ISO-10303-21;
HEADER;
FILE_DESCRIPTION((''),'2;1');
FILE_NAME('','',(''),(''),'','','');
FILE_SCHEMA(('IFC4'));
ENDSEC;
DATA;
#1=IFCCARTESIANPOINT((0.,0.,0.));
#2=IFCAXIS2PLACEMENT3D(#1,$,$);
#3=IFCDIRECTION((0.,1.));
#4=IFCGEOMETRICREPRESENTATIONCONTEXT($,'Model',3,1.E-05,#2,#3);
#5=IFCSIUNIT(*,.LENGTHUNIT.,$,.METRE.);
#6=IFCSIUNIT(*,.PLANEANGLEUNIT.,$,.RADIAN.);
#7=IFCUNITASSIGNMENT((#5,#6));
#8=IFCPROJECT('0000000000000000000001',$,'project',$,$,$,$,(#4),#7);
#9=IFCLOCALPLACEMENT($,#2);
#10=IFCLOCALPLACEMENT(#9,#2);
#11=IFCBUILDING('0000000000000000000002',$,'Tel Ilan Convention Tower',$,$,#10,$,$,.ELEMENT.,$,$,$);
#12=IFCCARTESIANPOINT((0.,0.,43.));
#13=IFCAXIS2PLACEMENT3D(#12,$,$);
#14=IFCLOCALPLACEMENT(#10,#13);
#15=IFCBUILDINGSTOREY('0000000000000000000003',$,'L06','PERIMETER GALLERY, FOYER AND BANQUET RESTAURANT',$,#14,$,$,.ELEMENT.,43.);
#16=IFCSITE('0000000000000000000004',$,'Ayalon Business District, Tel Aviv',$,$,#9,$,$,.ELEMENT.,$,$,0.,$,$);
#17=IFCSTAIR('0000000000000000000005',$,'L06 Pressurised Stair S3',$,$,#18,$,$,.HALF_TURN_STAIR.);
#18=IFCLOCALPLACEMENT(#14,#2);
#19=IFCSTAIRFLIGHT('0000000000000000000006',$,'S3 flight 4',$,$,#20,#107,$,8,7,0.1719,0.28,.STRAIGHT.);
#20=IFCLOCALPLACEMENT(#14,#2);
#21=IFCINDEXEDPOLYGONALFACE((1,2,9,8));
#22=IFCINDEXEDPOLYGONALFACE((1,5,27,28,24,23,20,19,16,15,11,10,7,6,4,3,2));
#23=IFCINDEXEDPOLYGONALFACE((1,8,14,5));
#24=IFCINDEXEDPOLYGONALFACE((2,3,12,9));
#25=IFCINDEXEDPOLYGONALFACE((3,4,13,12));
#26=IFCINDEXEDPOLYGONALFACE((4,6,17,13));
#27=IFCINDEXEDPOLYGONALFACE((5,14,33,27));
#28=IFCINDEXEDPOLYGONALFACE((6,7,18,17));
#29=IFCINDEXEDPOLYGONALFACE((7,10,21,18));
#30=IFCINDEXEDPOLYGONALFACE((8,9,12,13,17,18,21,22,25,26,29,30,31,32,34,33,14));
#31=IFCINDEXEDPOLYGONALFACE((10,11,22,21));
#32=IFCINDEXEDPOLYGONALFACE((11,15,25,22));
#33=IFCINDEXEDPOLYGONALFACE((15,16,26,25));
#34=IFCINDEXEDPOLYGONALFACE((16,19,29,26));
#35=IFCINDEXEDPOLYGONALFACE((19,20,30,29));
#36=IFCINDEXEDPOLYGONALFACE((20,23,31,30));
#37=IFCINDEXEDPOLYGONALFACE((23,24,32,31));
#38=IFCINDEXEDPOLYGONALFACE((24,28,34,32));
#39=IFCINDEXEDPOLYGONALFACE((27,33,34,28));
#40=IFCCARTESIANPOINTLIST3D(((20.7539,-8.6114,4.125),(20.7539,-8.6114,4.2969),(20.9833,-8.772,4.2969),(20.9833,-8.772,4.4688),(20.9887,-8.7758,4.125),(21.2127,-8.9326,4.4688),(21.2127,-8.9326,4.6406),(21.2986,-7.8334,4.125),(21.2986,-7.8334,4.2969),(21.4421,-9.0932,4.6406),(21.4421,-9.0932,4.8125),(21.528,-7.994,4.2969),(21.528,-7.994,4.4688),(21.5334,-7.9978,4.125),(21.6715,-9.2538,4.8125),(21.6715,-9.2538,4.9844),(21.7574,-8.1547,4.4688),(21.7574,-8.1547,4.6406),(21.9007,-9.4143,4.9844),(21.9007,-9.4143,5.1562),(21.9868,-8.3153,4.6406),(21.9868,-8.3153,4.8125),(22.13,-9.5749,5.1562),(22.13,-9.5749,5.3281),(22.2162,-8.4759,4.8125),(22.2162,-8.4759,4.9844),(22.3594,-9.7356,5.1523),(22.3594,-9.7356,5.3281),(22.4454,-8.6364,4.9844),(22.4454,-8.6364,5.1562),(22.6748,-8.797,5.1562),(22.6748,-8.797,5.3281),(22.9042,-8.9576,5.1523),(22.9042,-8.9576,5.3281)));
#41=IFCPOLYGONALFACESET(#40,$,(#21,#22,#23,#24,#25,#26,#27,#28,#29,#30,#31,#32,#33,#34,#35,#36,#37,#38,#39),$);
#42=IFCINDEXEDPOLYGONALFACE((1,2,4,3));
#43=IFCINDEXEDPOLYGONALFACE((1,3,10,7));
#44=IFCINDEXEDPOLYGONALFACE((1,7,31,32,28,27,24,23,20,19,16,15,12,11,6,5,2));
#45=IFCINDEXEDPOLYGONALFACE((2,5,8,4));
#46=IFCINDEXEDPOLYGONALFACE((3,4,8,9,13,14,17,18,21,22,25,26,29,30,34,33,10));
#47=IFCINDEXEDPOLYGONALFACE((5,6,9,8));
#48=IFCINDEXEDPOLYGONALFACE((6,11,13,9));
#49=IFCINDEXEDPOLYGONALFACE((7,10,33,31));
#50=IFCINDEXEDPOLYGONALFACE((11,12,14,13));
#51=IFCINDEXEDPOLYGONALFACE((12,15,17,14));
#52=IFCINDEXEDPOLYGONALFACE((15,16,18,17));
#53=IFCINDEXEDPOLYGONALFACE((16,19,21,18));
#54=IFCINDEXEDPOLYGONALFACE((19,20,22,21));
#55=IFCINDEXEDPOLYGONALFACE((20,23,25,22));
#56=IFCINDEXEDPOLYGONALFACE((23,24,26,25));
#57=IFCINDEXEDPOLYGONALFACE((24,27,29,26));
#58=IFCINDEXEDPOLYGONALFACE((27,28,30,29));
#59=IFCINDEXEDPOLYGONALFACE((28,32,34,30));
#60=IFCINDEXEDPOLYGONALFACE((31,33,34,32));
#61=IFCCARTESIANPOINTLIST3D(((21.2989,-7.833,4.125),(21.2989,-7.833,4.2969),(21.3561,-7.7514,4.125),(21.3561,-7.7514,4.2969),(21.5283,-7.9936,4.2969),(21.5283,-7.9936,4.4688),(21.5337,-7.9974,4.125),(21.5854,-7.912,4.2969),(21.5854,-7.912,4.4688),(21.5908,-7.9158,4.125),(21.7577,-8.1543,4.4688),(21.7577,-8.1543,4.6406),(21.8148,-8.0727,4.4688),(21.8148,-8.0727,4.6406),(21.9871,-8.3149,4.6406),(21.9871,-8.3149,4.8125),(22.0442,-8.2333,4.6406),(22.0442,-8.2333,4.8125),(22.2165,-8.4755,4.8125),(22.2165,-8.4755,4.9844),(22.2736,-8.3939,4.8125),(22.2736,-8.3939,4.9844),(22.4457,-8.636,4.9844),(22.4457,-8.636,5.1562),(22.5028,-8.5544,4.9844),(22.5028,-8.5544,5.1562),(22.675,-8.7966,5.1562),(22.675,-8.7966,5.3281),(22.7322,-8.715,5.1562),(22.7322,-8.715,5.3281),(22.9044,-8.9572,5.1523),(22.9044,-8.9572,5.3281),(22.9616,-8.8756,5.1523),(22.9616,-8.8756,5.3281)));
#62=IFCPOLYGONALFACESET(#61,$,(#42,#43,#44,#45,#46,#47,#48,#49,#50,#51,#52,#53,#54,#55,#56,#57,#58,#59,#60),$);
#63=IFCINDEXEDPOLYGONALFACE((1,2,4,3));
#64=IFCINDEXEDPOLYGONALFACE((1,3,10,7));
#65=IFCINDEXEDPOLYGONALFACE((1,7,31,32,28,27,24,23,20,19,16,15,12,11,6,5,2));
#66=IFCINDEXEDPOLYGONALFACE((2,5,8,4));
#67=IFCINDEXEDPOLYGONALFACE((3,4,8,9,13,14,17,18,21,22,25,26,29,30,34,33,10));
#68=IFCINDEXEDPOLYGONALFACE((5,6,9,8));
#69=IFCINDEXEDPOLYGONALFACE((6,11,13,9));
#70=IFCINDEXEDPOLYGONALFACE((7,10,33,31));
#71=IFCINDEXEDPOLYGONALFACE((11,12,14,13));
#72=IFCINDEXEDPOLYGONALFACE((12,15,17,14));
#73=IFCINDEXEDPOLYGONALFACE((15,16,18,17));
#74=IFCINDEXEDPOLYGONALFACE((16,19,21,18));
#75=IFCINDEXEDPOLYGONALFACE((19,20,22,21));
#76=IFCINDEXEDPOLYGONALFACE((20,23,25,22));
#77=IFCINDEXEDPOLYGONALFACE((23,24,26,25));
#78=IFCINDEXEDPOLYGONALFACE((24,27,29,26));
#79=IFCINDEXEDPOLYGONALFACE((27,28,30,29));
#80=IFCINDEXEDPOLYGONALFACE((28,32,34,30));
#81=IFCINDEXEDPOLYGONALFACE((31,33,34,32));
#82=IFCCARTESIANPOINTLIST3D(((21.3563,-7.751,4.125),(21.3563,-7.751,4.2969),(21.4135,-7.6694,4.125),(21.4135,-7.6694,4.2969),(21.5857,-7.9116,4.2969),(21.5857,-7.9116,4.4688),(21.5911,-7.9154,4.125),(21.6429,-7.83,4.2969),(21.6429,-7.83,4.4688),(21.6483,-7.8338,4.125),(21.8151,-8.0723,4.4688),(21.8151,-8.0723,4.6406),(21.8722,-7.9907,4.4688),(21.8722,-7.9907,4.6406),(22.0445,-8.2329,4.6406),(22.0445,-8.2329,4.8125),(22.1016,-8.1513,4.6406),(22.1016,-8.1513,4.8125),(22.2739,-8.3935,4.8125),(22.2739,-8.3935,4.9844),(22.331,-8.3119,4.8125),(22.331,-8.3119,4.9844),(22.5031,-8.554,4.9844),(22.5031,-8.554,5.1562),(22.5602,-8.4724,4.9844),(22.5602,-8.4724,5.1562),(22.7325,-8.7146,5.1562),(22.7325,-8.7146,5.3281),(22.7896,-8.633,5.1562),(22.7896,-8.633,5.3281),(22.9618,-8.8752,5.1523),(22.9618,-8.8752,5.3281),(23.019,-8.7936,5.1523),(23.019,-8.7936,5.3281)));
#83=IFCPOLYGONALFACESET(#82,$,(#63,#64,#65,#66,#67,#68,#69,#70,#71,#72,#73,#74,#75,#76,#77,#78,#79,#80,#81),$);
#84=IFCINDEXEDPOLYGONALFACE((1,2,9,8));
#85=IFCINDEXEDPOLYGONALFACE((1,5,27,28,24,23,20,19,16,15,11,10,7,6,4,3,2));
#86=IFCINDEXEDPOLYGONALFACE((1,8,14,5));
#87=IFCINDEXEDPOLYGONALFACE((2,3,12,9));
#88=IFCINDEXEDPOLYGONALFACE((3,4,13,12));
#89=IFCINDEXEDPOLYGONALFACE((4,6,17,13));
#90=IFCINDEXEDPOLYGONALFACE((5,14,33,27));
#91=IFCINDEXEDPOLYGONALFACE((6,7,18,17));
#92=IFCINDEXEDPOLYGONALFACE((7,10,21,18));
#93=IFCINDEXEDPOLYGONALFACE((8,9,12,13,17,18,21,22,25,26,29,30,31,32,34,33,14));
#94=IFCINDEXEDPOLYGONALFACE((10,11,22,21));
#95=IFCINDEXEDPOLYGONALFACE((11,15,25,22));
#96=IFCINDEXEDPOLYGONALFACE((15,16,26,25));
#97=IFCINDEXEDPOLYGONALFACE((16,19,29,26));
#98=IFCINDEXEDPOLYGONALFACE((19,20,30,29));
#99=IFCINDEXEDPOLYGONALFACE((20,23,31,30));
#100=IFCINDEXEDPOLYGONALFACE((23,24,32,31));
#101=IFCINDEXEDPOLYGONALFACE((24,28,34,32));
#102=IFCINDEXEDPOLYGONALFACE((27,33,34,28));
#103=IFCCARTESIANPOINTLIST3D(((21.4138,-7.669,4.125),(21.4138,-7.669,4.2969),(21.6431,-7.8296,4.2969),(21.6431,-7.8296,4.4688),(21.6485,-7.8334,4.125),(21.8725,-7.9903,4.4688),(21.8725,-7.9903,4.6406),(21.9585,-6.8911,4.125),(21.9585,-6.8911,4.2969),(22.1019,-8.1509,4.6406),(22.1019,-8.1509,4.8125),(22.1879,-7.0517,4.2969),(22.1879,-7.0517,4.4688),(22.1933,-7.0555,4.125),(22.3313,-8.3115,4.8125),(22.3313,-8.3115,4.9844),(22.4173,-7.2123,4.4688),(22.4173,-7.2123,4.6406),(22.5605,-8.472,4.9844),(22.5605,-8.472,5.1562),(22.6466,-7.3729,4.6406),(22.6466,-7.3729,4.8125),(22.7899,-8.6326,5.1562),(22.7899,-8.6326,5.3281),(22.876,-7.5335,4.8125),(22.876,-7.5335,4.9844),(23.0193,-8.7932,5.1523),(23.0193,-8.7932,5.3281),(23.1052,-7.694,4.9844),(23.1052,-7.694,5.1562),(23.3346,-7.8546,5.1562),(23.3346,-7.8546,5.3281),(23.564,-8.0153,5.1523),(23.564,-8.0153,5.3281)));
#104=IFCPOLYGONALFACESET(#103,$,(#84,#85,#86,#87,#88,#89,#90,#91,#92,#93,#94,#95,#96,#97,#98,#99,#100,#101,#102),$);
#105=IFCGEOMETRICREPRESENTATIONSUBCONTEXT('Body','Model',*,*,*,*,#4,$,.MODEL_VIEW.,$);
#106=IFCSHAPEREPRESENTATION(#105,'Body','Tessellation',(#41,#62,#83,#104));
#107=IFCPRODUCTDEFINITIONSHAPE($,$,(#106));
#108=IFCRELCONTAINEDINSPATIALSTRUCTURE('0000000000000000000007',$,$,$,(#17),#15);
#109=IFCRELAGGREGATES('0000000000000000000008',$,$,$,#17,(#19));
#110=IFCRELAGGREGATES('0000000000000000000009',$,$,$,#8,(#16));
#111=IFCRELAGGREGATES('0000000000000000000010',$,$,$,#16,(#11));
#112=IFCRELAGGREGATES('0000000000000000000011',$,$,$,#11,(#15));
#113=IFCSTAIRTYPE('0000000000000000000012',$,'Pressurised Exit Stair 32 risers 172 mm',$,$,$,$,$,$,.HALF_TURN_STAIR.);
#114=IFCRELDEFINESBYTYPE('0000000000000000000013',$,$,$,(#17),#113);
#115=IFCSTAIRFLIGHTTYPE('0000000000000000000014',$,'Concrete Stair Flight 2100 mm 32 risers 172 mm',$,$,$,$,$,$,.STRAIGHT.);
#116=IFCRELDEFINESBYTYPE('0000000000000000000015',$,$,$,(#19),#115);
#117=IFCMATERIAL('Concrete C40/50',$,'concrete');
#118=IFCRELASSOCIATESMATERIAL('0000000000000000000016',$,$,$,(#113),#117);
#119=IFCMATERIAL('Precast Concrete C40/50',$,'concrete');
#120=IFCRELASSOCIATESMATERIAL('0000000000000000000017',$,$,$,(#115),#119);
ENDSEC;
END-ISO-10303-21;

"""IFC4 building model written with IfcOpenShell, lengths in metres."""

from ifc_helpers import new_model, si_unit, direction, frame, origin, place, context, subcontext, project, spatial, polyline, outline, extrude, material, type_object, element, aggregate, save


model = new_model("IFC4")

# Units and contexts
model_context = context("Model", 3, precision=1e-05, world=origin(), true_north=direction((0.0, 1.0)))
body_context = subcontext(model_context, "Body", "Model", "MODEL_VIEW")
ifc_project = project(units=[si_unit("LENGTHUNIT", "METRE"), si_unit("PLANEANGLEUNIT", "RADIAN")], contexts=[model_context])

# Site, building, storey
site_placement = place(None, origin())
site = spatial("IfcSite", under=ifc_project, at=site_placement, Name="Ayalon Business District, Tel Aviv", CompositionType="ELEMENT", RefElevation=0.0)
building_placement = place(site_placement, origin())
building = spatial("IfcBuilding", under=site, at=building_placement, Name="Tel Ilan Convention Tower", CompositionType="ELEMENT")
storey_placement = place(building_placement, frame((0.0, 0.0, 43.0)))
storey = spatial("IfcBuildingStorey", under=building, at=storey_placement, Name="L06", Description="PERIMETER GALLERY, FOYER AND BANQUET RESTAURANT", CompositionType="ELEMENT", Elevation=43.0)

# Stair, stair flight
ifc_material_1 = material(Name="Concrete C40/50", Category="concrete")
stair_type = type_object("IfcStairType", Name="Pressurised Exit Stair 32 risers 172 mm", PredefinedType="HALF_TURN_STAIR", material=ifc_material_1)
stair_1_placement = place(storey_placement, origin())
stair_1 = element("IfcStair", 1, at=stair_1_placement, inside=storey, type_object=stair_type, Name="L06 Pressurised Stair S3", PredefinedType="HALF_TURN_STAIR")
ifc_material_2 = material(Name="Precast Concrete C40/50", Category="concrete")
stair_flight_type = type_object("IfcStairFlightType", Name="Concrete Stair Flight 2100 mm 32 risers 172 mm", PredefinedType="STRAIGHT", material=ifc_material_2)
stair_flight_1_placement = place(storey_placement, frame((21.3562, -7.7512, 4.125), z_axis=(0.0, 0.0, 1.0), x_axis=(0.819152, -0.573576, 0.0)))
stair_flight_1 = element("IfcStairFlight", 2, at=stair_flight_1_placement, type_object=stair_flight_type, Name="S3 flight 4", NumberOfRisers=8, NumberOfTreads=7, PredefinedType="STRAIGHT", RiserHeight=0.1719, TreadLength=0.28, context=body_context, shape_type="SweptSolid", body=[
    extrude(outline(polyline([(0.0, 0.0), (0.0, 0.1719), (0.28, 0.1719), (0.28, 0.3438), (0.5601, 0.3438), (0.5601, 0.5156), (0.8401, 0.5156), (0.8401, 0.6875), (1.1201, 0.6875), (1.1201, 0.8594), (1.3999, 0.8594), (1.3999, 1.0312), (1.6799, 1.0312), (1.6799, 1.2031), (1.96, 1.2031), (1.96, 1.375), (1.96, 1.0273), (0.2866, 0.0), (0.0, 0.0)])), frame((0.0, -0.1003, 0.0), z_axis=(0.0, -1.0, 0.0), x_axis=(1.0, 0.0, 0.0)), (0.0, 0.0, 1.0), 0.9497),
    extrude(outline(polyline([(0.0, 0.0), (0.0, 0.1719), (0.28, 0.1719), (0.28, 0.3438), (0.5601, 0.3438), (0.5601, 0.5156), (0.8401, 0.5156), (0.8401, 0.6875), (1.1201, 0.6875), (1.1201, 0.8594), (1.3999, 0.8594), (1.3999, 1.0312), (1.6799, 1.0312), (1.6799, 1.2031), (1.96, 1.2031), (1.96, 1.375), (1.96, 1.0273), (0.2866, 0.0), (0.0, 0.0)])), frame((0.0, -0.0002, 0.0), z_axis=(0.0, -1.0, 0.0), x_axis=(1.0, 0.0, 0.0)), (0.0, 0.0, 1.0), 0.0996),
    extrude(outline(polyline([(0.0, 0.0), (0.0, 0.1719), (0.28, 0.1719), (0.28, 0.3438), (0.5601, 0.3438), (0.5601, 0.5156), (0.8401, 0.5156), (0.8401, 0.6875), (1.1201, 0.6875), (1.1201, 0.8594), (1.3999, 0.8594), (1.3999, 1.0312), (1.6799, 1.0312), (1.6799, 1.2031), (1.96, 1.2031), (1.96, 1.375), (1.96, 1.0273), (0.2866, 0.0), (0.0, 0.0)])), frame((0.0, 0.0999, 0.0), z_axis=(0.0, -1.0, 0.0), x_axis=(1.0, 0.0, 0.0)), (0.0, 0.0, 1.0), 0.0996),
    extrude(outline(polyline([(0.0, 0.0), (0.0, 0.1719), (0.28, 0.1719), (0.28, 0.3438), (0.5601, 0.3438), (0.5601, 0.5156), (0.8401, 0.5156), (0.8401, 0.6875), (1.1201, 0.6875), (1.1201, 0.8594), (1.3999, 0.8594), (1.3999, 1.0312), (1.6799, 1.0312), (1.6799, 1.2031), (1.96, 1.2031), (1.96, 1.375), (1.96, 1.0273), (0.2866, 0.0), (0.0, 0.0)])), frame((0.0, 1.05, 0.0), z_axis=(0.0, -1.0, 0.0), x_axis=(1.0, 0.0, 0.0)), (0.0, 0.0, 1.0), 0.9497),
])
aggregate(stair_1, [stair_flight_1])

save(model, "model.ifc")
